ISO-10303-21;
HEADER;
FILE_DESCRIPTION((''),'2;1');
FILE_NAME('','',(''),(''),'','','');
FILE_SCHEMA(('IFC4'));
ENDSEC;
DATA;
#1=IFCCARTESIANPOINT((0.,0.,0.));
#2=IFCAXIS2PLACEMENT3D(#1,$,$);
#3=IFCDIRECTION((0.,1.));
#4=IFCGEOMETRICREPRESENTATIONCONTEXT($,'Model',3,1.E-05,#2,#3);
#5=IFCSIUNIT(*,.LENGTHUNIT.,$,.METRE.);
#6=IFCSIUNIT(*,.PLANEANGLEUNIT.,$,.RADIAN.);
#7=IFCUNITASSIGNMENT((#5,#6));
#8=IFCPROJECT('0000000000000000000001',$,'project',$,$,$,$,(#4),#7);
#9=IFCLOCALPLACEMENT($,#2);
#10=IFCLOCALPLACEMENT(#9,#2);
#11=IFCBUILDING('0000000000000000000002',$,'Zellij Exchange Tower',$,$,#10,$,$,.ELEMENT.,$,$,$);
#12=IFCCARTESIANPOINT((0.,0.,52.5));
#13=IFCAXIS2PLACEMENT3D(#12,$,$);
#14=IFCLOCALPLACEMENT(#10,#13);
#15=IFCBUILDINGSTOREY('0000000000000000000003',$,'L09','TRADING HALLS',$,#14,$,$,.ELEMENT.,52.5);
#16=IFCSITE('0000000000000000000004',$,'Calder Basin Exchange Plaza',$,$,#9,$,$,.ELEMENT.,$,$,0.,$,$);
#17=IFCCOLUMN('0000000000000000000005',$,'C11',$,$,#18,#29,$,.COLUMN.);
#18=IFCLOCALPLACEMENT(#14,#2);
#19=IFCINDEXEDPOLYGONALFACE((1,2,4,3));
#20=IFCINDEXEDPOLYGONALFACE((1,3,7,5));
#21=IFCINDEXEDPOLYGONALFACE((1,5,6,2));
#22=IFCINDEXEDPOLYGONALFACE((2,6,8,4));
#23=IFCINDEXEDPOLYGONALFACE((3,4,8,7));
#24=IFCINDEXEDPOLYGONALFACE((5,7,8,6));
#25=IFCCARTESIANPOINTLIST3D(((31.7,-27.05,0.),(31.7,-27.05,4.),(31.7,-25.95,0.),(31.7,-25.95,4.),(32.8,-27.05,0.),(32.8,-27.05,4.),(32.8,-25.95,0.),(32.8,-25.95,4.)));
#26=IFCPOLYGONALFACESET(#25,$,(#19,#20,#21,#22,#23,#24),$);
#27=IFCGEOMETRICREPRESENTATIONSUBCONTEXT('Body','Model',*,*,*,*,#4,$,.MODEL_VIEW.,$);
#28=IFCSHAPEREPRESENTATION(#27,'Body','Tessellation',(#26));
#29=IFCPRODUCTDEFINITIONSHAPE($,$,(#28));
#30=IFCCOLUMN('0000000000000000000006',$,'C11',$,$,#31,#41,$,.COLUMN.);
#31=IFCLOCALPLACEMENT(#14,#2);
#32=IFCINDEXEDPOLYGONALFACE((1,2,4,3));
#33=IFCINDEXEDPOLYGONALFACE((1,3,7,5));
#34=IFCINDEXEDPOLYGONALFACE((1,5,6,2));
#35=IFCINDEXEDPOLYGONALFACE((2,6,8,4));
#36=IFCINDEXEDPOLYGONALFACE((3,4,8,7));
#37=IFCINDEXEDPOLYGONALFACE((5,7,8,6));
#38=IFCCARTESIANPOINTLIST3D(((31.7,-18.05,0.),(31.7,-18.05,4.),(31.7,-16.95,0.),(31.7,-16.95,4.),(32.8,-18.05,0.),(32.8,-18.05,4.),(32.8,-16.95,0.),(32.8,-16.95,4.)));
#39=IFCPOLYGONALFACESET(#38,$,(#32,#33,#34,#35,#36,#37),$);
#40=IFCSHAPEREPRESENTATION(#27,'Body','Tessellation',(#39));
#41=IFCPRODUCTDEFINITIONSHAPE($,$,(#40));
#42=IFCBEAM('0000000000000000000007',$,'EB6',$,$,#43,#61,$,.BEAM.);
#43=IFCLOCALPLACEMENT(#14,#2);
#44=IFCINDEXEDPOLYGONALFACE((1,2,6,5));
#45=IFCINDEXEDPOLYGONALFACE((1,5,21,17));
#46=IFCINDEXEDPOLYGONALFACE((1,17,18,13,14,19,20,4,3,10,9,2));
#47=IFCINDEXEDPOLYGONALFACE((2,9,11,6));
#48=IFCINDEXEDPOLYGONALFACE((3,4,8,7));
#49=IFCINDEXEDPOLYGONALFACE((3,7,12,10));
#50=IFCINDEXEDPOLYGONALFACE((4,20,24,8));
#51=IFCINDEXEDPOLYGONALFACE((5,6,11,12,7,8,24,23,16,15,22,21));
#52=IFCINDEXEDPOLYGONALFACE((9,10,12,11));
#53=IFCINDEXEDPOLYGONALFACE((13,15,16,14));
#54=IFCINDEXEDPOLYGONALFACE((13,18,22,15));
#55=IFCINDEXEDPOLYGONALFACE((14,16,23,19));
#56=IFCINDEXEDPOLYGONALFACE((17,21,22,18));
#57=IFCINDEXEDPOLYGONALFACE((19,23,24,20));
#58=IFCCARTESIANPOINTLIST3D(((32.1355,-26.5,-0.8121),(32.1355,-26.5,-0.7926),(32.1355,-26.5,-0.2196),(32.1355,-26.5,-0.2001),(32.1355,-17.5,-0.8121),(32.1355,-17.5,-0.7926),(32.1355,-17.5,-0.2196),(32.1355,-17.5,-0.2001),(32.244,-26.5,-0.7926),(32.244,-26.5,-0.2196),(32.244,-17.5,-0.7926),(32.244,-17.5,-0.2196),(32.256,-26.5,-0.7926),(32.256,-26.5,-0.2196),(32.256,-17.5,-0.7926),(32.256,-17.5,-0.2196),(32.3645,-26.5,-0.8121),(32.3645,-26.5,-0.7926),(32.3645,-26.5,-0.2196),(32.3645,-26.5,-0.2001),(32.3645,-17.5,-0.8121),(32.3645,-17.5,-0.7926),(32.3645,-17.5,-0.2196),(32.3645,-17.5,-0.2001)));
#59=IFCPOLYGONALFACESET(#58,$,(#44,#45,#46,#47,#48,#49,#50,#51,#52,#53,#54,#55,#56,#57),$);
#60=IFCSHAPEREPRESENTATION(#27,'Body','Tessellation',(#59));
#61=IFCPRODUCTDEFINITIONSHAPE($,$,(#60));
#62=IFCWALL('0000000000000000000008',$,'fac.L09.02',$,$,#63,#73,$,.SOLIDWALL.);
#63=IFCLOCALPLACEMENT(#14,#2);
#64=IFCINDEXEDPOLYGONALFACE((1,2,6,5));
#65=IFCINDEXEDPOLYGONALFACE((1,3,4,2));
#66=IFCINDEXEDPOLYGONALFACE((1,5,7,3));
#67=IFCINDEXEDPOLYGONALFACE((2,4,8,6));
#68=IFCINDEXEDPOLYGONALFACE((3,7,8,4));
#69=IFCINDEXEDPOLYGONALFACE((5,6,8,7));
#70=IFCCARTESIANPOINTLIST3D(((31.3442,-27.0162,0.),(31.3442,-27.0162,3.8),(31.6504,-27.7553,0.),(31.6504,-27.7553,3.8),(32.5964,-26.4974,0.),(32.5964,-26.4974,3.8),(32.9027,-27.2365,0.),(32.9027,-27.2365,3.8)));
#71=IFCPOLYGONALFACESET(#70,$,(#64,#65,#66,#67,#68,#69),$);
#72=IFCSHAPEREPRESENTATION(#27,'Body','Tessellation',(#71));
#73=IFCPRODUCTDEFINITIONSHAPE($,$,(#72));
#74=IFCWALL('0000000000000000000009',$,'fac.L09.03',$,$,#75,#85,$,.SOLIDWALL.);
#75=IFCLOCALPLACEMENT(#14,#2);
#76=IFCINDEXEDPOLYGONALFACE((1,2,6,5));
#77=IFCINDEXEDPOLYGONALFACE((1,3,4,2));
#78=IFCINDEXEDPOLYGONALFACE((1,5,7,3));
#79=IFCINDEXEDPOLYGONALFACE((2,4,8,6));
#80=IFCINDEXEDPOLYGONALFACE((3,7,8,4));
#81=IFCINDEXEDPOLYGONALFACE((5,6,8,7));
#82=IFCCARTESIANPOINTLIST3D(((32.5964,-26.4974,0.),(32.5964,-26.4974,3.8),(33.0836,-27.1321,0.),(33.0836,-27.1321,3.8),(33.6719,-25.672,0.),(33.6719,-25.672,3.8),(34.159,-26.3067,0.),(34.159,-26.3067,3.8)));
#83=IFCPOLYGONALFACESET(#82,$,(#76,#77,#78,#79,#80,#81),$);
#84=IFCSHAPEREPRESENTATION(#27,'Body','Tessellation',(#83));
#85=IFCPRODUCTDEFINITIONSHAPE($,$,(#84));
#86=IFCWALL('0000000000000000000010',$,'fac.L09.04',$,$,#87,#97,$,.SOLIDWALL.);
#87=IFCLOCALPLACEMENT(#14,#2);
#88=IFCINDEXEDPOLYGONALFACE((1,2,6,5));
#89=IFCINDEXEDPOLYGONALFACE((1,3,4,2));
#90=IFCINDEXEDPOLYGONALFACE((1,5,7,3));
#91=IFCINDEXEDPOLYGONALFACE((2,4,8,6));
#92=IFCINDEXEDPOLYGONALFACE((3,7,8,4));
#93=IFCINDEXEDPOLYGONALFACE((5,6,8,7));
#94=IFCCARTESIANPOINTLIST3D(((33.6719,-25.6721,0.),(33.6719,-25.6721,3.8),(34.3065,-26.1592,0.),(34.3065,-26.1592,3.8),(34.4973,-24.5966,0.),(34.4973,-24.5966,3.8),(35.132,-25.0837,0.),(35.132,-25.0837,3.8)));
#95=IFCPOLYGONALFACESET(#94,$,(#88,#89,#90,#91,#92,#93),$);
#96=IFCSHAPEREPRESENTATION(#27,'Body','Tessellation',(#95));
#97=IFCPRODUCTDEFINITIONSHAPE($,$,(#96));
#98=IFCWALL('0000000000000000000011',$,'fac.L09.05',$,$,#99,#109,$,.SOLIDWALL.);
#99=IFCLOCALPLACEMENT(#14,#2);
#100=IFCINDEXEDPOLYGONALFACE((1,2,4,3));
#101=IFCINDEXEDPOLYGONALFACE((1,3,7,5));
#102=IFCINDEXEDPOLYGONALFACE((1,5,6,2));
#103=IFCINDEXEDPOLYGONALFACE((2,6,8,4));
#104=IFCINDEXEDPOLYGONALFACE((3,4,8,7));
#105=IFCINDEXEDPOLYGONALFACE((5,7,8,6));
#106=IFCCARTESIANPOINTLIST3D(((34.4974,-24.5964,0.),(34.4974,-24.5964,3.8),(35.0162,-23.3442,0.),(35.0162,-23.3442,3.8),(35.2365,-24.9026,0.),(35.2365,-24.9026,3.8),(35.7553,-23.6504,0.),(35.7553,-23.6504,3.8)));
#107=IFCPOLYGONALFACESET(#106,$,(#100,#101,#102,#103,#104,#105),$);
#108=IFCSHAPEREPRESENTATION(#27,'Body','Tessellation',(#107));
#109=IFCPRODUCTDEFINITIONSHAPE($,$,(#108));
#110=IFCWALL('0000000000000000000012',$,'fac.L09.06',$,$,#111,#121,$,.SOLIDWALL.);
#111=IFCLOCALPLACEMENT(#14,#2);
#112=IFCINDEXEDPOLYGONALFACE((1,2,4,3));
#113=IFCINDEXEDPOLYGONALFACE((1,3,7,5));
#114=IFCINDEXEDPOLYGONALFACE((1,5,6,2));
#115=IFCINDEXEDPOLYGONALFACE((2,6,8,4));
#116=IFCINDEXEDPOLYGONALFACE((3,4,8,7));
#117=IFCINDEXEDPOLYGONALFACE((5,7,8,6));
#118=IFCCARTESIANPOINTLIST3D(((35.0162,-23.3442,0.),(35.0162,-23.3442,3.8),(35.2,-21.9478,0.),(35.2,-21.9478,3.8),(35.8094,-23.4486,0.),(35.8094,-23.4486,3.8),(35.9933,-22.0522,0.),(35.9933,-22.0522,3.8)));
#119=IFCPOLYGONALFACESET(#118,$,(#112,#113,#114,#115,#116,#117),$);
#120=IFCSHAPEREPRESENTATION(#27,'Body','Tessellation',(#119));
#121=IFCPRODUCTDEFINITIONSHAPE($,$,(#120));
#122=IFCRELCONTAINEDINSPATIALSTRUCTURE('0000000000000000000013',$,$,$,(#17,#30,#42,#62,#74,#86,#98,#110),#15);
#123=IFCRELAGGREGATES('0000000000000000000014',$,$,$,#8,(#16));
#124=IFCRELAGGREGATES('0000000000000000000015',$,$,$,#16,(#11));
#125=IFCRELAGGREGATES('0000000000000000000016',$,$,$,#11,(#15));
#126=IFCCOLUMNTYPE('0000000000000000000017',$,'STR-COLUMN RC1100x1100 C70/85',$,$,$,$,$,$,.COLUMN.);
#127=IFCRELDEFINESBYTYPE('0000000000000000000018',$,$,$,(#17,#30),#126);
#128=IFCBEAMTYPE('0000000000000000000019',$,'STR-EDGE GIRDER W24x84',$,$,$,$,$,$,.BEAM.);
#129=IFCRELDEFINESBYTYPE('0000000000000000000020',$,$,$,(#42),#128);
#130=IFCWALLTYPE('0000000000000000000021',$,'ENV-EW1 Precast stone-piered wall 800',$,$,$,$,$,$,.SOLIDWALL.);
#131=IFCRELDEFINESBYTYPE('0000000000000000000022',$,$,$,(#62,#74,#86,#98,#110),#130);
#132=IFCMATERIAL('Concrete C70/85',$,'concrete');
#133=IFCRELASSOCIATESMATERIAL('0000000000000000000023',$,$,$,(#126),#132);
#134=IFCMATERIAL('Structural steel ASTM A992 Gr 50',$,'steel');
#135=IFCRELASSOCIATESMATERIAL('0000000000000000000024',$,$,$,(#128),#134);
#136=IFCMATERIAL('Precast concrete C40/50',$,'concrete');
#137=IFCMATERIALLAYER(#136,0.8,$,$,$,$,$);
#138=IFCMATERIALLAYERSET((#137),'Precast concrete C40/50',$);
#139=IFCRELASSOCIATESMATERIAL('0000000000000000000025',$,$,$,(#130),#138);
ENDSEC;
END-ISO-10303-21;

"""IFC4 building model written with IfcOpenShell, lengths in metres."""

from ifc_helpers import new_model, si_unit, direction, frame, frame_2d, origin, origin_2d, place, context, subcontext, project, spatial, rectangle, i_section, extrude, material, layer, layer_set, material_profile, profile_set, type_object, element, save


model = new_model("IFC4")

# Units and contexts
model_context = context("Model", 3, precision=1e-05, world=origin(), true_north=direction((0.0, 1.0)))
body_context = subcontext(model_context, "Body", "Model", "MODEL_VIEW")
ifc_project = project(units=[si_unit("LENGTHUNIT", "METRE"), si_unit("PLANEANGLEUNIT", "RADIAN")], contexts=[model_context])

# Site, building, storey
site_placement = place(None, origin())
site = spatial("IfcSite", under=ifc_project, at=site_placement, Name="Calder Basin Exchange Plaza", CompositionType="ELEMENT", RefElevation=0.0)
building_placement = place(site_placement, origin())
building = spatial("IfcBuilding", under=site, at=building_placement, Name="Zellij Exchange Tower", CompositionType="ELEMENT")
storey_placement = place(building_placement, frame((0.0, 0.0, 52.5)))
storey = spatial("IfcBuildingStorey", under=building, at=storey_placement, Name="L09", Description="TRADING HALLS", CompositionType="ELEMENT", Elevation=52.5)

# Columns
ifc_material_1 = material(Name="Concrete C70/85", Category="concrete")
ifc_material_profile_1 = material_profile(ifc_material_1, rectangle(XDim=1.1001, YDim=1.1001, at=origin_2d()), Name="STR-COLUMN RC1100x1100 C70/85")
ifc_profile_set_1 = profile_set([ifc_material_profile_1], Name="Concrete C70/85")
column_type = type_object("IfcColumnType", Name="STR-COLUMN RC1100x1100 C70/85", PredefinedType="COLUMN", material=ifc_profile_set_1)
for number, where, z_axis, x_axis, name in (
    (1, (32.25, -26.5, 0.0), (0.0, 0.0, 1.0), (1.0, 0.0, 0.0), "C11"),
    (2, (32.25, -17.5, 0.0), (0.0, 0.0, 1.0), (1.0, 0.0, 0.0), "C11"),
):
    element("IfcColumn", number, at=place(storey_placement, frame(where, z_axis=z_axis, x_axis=x_axis)), inside=storey, type_object=column_type, Name=name, PredefinedType="COLUMN", context=body_context, shape_type="SweptSolid", body=[
        extrude(rectangle(XDim=1.1001, YDim=1.1001, at=origin_2d()), origin(), (0.0, 0.0, 1.0), 4.0),
    ])

# Beam
ifc_material_2 = material(Name="Structural steel ASTM A992 Gr 50", Category="steel")
ifc_material_profile_2 = material_profile(ifc_material_2, i_section(OverallWidth=0.229, OverallDepth=0.6121, WebThickness=0.012, FlangeThickness=0.0195, at=origin_2d()), Name="W24x84")
ifc_profile_set_2 = profile_set([ifc_material_profile_2], Name="Structural steel ASTM A992 Gr 50")
beam_type = type_object("IfcBeamType", Name="STR-EDGE GIRDER W24x84", PredefinedType="BEAM", material=ifc_profile_set_2)
beam_placement = place(storey_placement, frame((32.25, -26.5, -0.5061), z_axis=(0.0, 1.0, 0.0), x_axis=(-1.0, 0.0, 0.0)))
element("IfcBeam", 3, at=beam_placement, inside=storey, type_object=beam_type, Name="EB6", PredefinedType="BEAM", context=body_context, shape_type="SweptSolid", body=[
    extrude(i_section(OverallWidth=0.229, OverallDepth=0.6121, WebThickness=0.012, FlangeThickness=0.0195, at=origin_2d()), origin(), (0.0, 0.0, 1.0), 9.0),
])

# Walls
ifc_material_3 = material(Name="Precast concrete C40/50", Category="concrete")
ifc_layer_1 = layer(ifc_material_3, 0.8)
ifc_layer_set_1 = layer_set([ifc_layer_1], Name="Precast concrete C40/50")
wall_type = type_object("IfcWallType", Name="ENV-EW1 Precast stone-piered wall 800", PredefinedType="SOLIDWALL", material=ifc_layer_set_1)
wall_1_placement = place(storey_placement, frame((31.4973, -27.3857, 0.0), z_axis=(0.0, 0.0, 1.0), x_axis=(0.923848, 0.38276, 0.0)))
element("IfcWall", 4, at=wall_1_placement, inside=storey, type_object=wall_type, Name="fac.L09.02", PredefinedType="SOLIDWALL", context=body_context, shape_type="SweptSolid", body=[
    extrude(rectangle(XDim=1.3555, YDim=0.8, at=frame_2d((0.6777, 0.0))), origin(), (0.0, 0.0, 1.0), 3.8),
])
for number, where, z_axis, x_axis, name in (
    (5, (32.8401, -26.8147, 0.0), (0.0, 0.0, 1.0), (0.793273, 0.608866, 0.0), "fac.L09.03"),
    (6, (33.9893, -25.9155, 0.0), (0.0, 0.0, 1.0), (0.608866, 0.793273, 0.0), "fac.L09.04"),
):
    element("IfcWall", number, at=place(storey_placement, frame(where, z_axis=z_axis, x_axis=x_axis)), inside=storey, type_object=wall_type, Name=name, PredefinedType="SOLIDWALL", context=body_context, shape_type="SweptSolid", body=[
        extrude(rectangle(XDim=1.3557, YDim=0.8, at=frame_2d((0.6777, 0.0))), origin(), (0.0, 0.0, 1.0), 3.8),
    ])
wall_2_placement = place(storey_placement, frame((34.8669, -24.7495, 0.0), z_axis=(0.0, 0.0, 1.0), x_axis=(0.38276, 0.923848, 0.0)))
element("IfcWall", 7, at=wall_2_placement, inside=storey, type_object=wall_type, Name="fac.L09.05", PredefinedType="SOLIDWALL", context=body_context, shape_type="SweptSolid", body=[
    extrude(rectangle(XDim=1.3555, YDim=0.8, at=frame_2d((0.6777, 0.0))), origin(), (0.0, 0.0, 1.0), 3.8),
])
wall_3_placement = place(storey_placement, frame((35.4128, -23.3962, 0.0), z_axis=(0.0, 0.0, 1.0), x_axis=(0.130517, 0.991446, 0.0)))
element("IfcWall", 8, at=wall_3_placement, inside=storey, type_object=wall_type, Name="fac.L09.06", PredefinedType="SOLIDWALL", context=body_context, shape_type="SweptSolid", body=[
    extrude(rectangle(XDim=1.4084, YDim=0.8, at=frame_2d((0.7041, 0.0))), origin(), (0.0, 0.0, 1.0), 3.8),
])

save(model, "model.ifc")
